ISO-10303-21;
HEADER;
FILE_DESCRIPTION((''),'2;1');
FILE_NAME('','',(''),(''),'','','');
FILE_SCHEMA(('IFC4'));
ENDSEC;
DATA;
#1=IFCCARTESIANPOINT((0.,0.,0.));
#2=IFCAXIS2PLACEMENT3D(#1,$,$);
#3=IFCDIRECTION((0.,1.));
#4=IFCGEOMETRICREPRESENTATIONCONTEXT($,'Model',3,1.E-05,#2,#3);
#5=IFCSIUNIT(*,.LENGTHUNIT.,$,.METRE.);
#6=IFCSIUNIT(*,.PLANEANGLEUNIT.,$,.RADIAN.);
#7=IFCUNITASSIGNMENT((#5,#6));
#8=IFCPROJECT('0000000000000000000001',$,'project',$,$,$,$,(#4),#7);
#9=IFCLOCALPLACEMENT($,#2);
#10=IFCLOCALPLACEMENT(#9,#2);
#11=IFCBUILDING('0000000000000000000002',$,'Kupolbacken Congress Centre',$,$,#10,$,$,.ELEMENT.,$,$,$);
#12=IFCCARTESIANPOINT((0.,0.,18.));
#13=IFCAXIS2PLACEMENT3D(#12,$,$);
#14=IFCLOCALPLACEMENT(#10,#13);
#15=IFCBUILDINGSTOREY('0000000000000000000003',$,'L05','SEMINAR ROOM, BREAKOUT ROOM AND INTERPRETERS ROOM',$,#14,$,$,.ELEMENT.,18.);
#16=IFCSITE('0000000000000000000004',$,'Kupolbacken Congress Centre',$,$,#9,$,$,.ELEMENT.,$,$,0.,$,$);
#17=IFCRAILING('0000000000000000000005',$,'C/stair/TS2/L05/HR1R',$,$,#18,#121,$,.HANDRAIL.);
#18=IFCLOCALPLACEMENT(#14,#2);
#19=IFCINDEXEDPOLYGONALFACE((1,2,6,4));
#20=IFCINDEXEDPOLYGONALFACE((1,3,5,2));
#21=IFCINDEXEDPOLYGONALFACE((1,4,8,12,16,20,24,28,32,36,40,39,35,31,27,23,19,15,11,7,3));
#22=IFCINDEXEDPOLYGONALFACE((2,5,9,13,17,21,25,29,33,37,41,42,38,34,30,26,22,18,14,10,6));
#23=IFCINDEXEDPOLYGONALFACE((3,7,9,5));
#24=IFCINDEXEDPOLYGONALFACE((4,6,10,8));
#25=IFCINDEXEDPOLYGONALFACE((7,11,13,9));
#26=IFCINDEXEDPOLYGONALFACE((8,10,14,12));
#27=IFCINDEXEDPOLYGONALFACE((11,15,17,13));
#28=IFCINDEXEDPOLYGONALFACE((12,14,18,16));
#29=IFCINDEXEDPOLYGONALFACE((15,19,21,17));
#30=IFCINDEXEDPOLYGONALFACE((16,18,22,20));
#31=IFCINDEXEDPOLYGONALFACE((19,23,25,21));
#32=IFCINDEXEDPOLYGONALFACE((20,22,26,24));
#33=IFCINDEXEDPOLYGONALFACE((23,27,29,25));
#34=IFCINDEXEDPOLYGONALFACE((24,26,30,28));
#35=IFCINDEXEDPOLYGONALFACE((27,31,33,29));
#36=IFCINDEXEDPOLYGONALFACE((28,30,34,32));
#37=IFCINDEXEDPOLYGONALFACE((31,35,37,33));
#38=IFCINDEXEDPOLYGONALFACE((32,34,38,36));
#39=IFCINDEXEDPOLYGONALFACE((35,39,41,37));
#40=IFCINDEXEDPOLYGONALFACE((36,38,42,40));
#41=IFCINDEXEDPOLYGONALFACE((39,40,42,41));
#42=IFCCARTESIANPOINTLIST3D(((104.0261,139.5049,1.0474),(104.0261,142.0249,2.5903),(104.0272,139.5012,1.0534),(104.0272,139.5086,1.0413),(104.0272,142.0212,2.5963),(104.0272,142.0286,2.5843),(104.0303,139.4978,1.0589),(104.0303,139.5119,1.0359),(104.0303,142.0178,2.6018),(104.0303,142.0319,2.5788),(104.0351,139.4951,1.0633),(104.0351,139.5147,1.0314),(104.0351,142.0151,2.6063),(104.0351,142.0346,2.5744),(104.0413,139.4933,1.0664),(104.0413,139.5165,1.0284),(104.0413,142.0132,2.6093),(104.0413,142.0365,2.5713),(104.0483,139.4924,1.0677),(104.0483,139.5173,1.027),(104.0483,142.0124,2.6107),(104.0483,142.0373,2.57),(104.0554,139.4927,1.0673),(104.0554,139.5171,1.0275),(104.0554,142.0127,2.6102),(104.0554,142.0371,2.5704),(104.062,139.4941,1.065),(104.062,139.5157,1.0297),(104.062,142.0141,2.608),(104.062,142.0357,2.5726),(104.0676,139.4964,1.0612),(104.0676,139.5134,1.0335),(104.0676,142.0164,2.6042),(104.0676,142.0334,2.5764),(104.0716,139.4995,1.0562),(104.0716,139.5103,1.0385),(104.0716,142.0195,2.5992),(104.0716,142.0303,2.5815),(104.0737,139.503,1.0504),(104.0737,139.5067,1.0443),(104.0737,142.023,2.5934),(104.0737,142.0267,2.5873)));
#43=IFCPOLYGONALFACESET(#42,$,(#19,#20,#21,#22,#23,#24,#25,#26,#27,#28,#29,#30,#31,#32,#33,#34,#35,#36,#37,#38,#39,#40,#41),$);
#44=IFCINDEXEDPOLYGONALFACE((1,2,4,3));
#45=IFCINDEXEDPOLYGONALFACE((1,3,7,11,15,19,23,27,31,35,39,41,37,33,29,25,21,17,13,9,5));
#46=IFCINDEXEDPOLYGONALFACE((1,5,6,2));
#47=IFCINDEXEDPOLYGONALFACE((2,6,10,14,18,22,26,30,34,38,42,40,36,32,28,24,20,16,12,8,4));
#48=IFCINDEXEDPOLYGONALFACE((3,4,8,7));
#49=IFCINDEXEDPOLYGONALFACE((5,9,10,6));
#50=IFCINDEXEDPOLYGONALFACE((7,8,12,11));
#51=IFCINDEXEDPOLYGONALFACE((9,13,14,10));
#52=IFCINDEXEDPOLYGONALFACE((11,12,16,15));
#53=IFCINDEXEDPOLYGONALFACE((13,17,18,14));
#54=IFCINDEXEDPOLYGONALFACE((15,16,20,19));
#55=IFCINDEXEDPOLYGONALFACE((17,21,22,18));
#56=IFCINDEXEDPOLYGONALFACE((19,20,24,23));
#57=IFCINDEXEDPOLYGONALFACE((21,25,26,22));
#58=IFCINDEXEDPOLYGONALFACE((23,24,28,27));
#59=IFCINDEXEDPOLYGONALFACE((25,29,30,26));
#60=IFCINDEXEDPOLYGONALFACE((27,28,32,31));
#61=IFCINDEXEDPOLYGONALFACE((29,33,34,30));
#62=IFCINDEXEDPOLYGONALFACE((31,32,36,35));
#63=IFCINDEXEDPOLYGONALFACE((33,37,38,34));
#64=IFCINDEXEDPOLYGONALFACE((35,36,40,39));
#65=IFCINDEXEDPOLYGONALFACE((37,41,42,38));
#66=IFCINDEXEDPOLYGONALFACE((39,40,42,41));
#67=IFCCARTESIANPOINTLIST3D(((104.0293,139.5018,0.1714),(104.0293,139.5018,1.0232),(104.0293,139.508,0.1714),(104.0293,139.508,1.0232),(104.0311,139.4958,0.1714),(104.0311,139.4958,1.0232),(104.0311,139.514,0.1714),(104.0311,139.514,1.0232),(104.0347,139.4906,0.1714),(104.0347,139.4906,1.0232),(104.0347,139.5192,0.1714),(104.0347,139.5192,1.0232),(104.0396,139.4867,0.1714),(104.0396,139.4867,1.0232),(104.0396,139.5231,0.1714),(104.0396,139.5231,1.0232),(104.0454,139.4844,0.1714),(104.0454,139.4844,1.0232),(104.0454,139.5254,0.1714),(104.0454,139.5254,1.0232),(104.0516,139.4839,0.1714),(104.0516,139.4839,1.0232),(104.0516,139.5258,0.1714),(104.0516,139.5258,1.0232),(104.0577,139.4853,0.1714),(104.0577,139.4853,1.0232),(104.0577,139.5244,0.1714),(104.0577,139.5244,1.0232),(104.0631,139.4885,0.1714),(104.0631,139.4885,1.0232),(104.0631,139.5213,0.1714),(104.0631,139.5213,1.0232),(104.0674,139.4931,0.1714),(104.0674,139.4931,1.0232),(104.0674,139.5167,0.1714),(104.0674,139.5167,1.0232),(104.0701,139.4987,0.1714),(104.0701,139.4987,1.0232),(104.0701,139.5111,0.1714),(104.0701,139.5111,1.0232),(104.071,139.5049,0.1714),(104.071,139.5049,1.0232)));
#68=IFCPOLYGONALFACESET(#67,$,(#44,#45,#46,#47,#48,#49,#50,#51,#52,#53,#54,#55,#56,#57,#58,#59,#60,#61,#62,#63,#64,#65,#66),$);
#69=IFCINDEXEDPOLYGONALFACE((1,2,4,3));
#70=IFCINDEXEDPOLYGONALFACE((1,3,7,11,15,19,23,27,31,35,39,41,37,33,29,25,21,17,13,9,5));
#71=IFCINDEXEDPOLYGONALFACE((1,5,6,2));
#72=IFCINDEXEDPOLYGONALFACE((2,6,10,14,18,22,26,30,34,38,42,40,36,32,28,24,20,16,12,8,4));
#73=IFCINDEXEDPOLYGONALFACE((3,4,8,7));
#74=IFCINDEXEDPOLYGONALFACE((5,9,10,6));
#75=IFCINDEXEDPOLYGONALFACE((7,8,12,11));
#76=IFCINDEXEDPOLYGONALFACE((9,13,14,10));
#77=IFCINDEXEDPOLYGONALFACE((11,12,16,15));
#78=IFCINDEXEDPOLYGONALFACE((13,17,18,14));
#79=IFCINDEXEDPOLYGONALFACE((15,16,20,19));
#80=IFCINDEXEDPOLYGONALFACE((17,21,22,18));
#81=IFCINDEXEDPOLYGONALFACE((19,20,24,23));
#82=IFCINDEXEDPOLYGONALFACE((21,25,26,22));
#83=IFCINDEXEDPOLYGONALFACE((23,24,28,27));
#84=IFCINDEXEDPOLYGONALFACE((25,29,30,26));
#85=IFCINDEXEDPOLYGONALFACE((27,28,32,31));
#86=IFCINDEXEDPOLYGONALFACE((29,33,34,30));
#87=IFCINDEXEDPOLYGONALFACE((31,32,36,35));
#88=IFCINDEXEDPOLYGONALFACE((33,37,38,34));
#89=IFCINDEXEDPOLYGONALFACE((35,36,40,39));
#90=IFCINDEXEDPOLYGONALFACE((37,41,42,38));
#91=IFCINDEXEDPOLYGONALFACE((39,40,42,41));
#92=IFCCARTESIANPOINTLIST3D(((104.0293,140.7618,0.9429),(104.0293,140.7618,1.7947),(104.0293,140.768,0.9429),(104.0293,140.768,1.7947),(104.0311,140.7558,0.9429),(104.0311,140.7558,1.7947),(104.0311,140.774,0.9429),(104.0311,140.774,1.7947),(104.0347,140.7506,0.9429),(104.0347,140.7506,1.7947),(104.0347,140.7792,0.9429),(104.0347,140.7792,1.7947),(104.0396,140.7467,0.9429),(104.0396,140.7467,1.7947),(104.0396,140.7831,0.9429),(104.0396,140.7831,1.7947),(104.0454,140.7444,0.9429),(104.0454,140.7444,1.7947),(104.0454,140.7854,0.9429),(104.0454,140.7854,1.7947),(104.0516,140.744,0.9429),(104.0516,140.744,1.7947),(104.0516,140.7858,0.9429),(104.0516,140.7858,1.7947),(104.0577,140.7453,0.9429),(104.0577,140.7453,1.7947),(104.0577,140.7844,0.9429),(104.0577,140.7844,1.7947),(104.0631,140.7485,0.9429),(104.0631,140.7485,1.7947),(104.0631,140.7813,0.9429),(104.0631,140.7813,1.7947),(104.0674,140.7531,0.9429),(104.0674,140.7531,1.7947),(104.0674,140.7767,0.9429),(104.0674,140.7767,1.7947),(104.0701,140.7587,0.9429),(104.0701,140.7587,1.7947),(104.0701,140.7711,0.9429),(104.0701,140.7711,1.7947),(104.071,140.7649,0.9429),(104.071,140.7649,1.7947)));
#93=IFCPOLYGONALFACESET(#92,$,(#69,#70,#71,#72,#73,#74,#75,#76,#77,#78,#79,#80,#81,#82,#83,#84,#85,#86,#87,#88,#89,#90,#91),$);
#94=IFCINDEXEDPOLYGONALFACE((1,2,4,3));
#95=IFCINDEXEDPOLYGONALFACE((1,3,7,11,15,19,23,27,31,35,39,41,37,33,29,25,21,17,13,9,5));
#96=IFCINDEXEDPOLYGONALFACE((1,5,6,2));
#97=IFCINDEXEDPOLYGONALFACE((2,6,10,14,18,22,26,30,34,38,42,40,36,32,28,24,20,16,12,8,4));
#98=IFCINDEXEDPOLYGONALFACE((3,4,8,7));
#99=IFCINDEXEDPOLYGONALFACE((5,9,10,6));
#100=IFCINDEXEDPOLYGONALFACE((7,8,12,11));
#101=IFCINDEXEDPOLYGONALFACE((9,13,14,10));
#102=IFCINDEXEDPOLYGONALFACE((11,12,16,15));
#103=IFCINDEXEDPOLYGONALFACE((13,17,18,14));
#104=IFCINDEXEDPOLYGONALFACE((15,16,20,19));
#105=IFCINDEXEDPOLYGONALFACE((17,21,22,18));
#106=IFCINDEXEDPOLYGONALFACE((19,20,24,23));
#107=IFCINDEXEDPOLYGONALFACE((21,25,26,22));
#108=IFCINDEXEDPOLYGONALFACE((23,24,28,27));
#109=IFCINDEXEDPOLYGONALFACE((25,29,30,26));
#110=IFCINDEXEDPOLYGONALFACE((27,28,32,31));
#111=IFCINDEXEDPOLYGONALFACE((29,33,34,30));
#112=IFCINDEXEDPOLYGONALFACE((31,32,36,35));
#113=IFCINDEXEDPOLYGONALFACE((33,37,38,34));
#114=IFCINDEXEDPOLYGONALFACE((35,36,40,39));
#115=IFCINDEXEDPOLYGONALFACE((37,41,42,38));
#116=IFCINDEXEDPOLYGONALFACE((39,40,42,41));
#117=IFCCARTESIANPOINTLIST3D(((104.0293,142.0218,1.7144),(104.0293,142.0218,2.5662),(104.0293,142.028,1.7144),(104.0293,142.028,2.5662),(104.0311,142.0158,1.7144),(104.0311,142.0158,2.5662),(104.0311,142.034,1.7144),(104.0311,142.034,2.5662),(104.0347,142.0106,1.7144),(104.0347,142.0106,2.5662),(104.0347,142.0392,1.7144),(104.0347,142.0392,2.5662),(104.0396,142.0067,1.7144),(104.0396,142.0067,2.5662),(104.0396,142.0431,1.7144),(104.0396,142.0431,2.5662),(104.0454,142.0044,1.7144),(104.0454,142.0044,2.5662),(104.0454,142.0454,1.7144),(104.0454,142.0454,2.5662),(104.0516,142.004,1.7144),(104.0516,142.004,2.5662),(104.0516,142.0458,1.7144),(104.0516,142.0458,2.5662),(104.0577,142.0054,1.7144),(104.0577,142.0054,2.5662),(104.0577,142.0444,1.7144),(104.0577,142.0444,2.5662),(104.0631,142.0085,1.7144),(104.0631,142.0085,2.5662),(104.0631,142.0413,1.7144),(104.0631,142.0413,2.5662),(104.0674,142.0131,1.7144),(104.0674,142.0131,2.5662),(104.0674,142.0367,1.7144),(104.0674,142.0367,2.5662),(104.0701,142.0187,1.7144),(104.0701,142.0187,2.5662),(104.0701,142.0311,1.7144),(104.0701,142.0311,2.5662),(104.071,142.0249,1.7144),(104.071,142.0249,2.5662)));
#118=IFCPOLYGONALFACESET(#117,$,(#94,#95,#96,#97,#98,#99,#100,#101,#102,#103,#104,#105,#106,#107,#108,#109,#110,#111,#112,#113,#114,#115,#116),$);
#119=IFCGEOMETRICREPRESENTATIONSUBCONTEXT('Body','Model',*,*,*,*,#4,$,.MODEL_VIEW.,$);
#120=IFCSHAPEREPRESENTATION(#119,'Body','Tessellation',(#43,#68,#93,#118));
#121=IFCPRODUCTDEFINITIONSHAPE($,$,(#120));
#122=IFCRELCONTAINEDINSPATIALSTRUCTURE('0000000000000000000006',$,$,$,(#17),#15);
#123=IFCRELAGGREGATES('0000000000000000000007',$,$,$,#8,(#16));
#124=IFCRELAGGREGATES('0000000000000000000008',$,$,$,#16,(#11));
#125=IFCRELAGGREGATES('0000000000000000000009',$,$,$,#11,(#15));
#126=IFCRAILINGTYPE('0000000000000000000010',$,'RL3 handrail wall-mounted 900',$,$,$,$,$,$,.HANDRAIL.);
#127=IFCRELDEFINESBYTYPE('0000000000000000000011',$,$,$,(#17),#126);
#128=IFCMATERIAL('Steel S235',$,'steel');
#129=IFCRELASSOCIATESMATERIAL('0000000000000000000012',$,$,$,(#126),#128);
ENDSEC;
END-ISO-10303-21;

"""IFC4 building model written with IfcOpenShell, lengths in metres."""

from ifc_helpers import new_model, si_unit, direction, frame, origin, origin_2d, place, context, subcontext, project, spatial, circle, extrude, material, type_object, element, save


model = new_model("IFC4")

# Units and contexts
model_context = context("Model", 3, precision=1e-05, world=origin(), true_north=direction((0.0, 1.0)))
body_context = subcontext(model_context, "Body", "Model", "MODEL_VIEW")
ifc_project = project(units=[si_unit("LENGTHUNIT", "METRE"), si_unit("PLANEANGLEUNIT", "RADIAN")], contexts=[model_context])

# Site, building, storey
site_placement = place(None, origin())
site = spatial("IfcSite", under=ifc_project, at=site_placement, Name="Kupolbacken Congress Centre", CompositionType="ELEMENT", RefElevation=0.0)
building_placement = place(site_placement, origin())
building = spatial("IfcBuilding", under=site, at=building_placement, Name="Kupolbacken Congress Centre", CompositionType="ELEMENT")
storey_placement = place(building_placement, frame((0.0, 0.0, 18.0)))
storey = spatial("IfcBuildingStorey", under=building, at=storey_placement, Name="L05", Description="SEMINAR ROOM, BREAKOUT ROOM AND INTERPRETERS ROOM", CompositionType="ELEMENT", Elevation=18.0)

# Railing
ifc_material_1 = material(Name="Steel S235", Category="steel")
railing_type = type_object("IfcRailingType", Name="RL3 handrail wall-mounted 900", PredefinedType="HANDRAIL", material=ifc_material_1)
railing_placement = place(storey_placement, frame((104.05, 139.5049, 0.1714)))
element("IfcRailing", 1, at=railing_placement, inside=storey, type_object=railing_type, Name="C/stair/TS2/L05/HR1R", PredefinedType="HANDRAIL", context=body_context, shape_type="SweptSolid", body=[
    extrude(circle(Radius=0.0239, at=origin_2d()), frame((0.0, 0.0, 0.876), z_axis=(0.0, 0.852836, 0.522178), x_axis=(-1.0, 0.0, 0.0)), (0.0, 0.0, 1.0), 2.9548),
    extrude(circle(Radius=0.021, at=origin_2d()), origin(), (0.0, 0.0, 1.0), 0.8518),
    extrude(circle(Radius=0.021, at=origin_2d()), frame((0.0, 1.26, 0.7715)), (0.0, 0.0, 1.0), 0.8518),
    extrude(circle(Radius=0.021, at=origin_2d()), frame((0.0, 2.52, 1.543)), (0.0, 0.0, 1.0), 0.8518),
])

save(model, "model.ifc")
